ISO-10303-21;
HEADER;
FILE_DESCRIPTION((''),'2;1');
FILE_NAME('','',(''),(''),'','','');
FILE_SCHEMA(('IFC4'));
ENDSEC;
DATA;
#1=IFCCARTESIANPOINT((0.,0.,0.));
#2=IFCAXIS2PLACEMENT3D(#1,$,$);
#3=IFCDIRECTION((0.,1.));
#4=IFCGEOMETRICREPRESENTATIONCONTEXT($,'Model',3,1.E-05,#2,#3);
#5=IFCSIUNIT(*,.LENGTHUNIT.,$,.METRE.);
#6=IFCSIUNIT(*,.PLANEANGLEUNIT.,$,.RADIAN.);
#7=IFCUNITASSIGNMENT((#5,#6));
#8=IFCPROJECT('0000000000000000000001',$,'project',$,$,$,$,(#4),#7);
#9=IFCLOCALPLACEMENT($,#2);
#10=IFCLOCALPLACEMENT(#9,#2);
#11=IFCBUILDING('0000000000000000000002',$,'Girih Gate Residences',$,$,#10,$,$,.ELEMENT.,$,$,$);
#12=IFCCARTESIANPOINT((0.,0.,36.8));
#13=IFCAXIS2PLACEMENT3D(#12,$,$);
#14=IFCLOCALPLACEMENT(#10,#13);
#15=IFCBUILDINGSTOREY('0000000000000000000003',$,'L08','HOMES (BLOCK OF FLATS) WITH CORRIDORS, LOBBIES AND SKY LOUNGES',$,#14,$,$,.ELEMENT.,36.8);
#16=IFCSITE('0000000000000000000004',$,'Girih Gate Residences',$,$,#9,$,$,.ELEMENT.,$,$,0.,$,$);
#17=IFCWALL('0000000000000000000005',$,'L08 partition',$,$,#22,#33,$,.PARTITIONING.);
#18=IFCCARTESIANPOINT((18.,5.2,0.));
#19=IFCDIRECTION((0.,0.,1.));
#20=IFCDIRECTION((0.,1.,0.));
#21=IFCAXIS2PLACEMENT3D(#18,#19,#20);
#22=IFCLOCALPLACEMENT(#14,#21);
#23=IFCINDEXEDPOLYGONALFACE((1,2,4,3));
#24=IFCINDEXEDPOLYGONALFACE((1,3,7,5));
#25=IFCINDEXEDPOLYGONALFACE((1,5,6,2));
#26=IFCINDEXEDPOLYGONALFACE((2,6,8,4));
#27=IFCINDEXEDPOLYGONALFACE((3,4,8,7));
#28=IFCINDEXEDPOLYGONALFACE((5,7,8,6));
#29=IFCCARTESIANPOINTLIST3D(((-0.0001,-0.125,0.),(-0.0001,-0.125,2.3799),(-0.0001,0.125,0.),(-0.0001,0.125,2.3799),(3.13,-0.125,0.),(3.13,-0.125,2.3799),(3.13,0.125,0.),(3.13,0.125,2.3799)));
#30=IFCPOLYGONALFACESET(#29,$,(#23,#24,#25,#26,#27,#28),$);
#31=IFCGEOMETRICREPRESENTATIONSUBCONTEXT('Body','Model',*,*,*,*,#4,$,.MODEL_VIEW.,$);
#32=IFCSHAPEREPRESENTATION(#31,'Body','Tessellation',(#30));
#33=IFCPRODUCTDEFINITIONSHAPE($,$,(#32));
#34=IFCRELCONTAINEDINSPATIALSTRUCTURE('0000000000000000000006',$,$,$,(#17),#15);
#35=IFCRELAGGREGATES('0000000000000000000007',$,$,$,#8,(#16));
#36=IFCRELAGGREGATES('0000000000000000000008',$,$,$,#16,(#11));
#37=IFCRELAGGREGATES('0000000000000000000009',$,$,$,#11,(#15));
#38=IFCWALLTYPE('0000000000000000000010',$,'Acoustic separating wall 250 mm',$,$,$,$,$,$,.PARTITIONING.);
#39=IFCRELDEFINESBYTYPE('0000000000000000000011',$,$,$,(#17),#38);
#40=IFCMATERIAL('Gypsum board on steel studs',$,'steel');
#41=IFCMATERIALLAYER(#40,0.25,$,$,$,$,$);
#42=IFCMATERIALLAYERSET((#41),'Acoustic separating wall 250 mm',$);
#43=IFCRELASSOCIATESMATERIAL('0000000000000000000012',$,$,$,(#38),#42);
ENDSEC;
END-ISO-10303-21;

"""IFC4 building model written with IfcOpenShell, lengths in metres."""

from ifc_helpers import new_model, si_unit, direction, frame, frame_2d, origin, place, context, subcontext, project, spatial, rectangle, extrude, material, layer, layer_set, type_object, element, save


model = new_model("IFC4")

# Units and contexts
model_context = context("Model", 3, precision=1e-05, world=origin(), true_north=direction((0.0, 1.0)))
body_context = subcontext(model_context, "Body", "Model", "MODEL_VIEW")
ifc_project = project(units=[si_unit("LENGTHUNIT", "METRE"), si_unit("PLANEANGLEUNIT", "RADIAN")], contexts=[model_context])

# Site, building, storey
site_placement = place(None, origin())
site = spatial("IfcSite", under=ifc_project, at=site_placement, Name="Girih Gate Residences", CompositionType="ELEMENT", RefElevation=0.0)
building_placement = place(site_placement, origin())
building = spatial("IfcBuilding", under=site, at=building_placement, Name="Girih Gate Residences", CompositionType="ELEMENT")
storey_placement = place(building_placement, frame((0.0, 0.0, 36.8)))
storey = spatial("IfcBuildingStorey", under=building, at=storey_placement, Name="L08", Description="HOMES (BLOCK OF FLATS) WITH CORRIDORS, LOBBIES AND SKY LOUNGES", CompositionType="ELEMENT", Elevation=36.8)

# Wall
ifc_material_1 = material(Name="Gypsum board on steel studs", Category="steel")
ifc_layer_1 = layer(ifc_material_1, 0.25)
ifc_layer_set_1 = layer_set([ifc_layer_1], Name="Acoustic separating wall 250 mm")
wall_type_1 = type_object("IfcWallType", Name="Acoustic separating wall 250 mm", PredefinedType="PARTITIONING", material=ifc_layer_set_1)
wall_1_placement = place(storey_placement, frame((18.0, 5.2, 0.0), z_axis=(0.0, 0.0, 1.0), x_axis=(0.0, 1.0, 0.0)))
element("IfcWall", 1, at=wall_1_placement, inside=storey, type_object=wall_type_1, Name="L08 partition", PredefinedType="PARTITIONING", context=body_context, shape_type="SweptSolid", body=[
    extrude(rectangle(XDim=3.1301, YDim=0.25, at=frame_2d((1.5649, 0.0))), origin(), (0.0, 0.0, 1.0), 2.3799),
])

save(model, "model.ifc")
